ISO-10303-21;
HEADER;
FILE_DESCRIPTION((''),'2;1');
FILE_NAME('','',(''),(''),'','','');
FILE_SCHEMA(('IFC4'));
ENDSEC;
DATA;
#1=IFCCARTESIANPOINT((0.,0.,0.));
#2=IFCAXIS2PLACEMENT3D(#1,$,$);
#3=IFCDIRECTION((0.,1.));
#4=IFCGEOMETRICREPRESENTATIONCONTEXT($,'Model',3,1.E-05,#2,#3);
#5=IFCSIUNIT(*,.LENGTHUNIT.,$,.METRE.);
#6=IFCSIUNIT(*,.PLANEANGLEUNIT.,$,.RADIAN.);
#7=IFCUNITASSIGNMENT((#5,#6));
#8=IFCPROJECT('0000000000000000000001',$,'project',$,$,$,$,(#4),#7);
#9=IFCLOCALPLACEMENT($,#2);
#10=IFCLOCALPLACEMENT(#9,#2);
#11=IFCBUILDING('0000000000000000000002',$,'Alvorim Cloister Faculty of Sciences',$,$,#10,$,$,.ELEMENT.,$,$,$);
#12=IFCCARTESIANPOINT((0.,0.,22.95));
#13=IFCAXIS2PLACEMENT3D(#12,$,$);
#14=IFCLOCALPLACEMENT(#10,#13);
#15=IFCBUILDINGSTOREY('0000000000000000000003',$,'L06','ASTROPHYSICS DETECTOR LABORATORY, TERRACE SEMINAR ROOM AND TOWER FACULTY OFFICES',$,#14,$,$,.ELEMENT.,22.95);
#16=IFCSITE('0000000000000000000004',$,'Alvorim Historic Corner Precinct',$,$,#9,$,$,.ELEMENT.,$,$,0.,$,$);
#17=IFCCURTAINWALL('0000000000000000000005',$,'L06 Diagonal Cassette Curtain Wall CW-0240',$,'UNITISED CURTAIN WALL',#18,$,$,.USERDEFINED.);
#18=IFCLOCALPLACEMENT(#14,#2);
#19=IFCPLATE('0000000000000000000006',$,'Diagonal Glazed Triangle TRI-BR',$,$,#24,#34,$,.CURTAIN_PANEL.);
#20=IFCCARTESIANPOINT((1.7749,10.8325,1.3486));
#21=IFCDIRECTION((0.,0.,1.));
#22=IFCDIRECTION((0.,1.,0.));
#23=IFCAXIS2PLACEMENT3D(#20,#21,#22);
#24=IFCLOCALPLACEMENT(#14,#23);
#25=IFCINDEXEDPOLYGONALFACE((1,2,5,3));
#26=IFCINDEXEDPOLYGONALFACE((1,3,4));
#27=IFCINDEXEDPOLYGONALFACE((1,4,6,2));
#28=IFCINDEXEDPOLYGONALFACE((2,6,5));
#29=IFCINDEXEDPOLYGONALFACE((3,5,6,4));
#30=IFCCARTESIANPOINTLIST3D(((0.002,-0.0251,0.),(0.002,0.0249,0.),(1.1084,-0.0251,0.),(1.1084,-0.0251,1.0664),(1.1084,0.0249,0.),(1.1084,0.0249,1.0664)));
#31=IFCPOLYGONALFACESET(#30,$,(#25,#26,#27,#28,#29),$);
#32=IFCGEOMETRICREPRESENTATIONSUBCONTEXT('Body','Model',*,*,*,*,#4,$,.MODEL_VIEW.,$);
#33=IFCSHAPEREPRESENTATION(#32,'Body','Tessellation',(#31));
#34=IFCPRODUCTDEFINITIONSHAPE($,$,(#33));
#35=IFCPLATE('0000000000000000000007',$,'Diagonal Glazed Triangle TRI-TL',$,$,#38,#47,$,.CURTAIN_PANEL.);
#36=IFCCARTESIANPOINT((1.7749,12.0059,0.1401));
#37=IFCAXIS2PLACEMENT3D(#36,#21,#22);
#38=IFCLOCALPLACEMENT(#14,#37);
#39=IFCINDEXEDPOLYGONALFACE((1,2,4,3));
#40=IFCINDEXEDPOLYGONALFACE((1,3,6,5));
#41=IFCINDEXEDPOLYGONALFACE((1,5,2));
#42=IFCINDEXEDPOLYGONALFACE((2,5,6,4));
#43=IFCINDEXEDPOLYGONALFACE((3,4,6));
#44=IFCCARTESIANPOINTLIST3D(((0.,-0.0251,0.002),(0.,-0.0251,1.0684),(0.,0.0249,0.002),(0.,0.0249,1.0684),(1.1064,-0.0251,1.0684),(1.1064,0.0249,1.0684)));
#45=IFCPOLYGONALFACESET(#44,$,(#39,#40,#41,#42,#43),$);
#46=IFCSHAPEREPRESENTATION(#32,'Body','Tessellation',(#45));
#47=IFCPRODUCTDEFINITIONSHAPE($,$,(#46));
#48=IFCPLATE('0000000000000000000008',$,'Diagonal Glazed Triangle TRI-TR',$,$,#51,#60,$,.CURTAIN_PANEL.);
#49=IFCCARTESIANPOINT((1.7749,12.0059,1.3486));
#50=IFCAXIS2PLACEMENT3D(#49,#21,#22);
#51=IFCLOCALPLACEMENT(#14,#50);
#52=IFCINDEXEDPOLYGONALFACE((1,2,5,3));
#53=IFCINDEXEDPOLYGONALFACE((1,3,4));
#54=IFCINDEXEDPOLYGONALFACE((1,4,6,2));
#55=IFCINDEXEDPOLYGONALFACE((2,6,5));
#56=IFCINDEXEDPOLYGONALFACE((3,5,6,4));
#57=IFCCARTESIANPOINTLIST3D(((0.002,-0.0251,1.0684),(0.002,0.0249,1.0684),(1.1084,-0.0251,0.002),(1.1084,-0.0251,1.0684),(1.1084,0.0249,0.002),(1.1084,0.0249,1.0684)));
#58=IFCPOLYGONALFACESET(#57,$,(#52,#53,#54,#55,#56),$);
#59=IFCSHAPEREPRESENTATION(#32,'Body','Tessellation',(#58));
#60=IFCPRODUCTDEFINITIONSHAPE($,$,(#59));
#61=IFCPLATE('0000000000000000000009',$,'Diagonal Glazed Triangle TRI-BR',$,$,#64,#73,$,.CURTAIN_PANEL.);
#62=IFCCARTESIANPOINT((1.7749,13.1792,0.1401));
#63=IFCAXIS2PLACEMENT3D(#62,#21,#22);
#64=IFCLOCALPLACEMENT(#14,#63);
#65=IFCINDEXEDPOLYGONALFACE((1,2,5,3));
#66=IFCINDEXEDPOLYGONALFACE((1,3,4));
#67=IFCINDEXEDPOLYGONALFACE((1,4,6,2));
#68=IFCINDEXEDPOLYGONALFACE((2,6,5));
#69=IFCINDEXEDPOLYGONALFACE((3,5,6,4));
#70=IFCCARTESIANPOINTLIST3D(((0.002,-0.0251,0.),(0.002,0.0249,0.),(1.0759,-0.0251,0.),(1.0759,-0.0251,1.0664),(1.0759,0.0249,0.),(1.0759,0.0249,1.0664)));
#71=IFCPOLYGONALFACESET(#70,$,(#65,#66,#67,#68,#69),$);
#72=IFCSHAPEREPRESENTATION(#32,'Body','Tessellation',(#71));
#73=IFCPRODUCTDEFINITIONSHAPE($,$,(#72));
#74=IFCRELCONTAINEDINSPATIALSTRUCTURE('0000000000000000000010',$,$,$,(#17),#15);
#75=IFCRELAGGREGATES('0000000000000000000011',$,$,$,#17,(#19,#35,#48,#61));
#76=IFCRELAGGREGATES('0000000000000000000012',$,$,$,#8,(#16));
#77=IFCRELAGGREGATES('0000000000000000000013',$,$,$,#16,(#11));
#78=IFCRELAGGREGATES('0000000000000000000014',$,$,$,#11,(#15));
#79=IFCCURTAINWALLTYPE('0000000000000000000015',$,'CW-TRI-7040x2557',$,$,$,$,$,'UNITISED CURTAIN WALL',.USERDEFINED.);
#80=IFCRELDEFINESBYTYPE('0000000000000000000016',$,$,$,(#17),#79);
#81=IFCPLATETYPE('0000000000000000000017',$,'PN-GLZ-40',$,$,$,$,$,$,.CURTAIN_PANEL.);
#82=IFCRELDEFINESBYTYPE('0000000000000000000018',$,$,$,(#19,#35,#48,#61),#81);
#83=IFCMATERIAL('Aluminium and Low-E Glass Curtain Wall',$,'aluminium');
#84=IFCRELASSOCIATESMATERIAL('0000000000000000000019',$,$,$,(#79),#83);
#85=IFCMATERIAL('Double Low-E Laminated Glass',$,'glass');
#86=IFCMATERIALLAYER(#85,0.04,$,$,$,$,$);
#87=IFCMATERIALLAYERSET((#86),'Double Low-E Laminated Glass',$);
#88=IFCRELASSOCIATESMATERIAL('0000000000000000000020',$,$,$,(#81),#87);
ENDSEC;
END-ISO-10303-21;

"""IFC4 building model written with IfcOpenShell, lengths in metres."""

from ifc_helpers import new_model, si_unit, direction, frame, origin, place, context, subcontext, project, spatial, polyline, outline, extrude, material, layer, layer_set, type_object, element, aggregate, save


model = new_model("IFC4")

# Units and contexts
model_context = context("Model", 3, precision=1e-05, world=origin(), true_north=direction((0.0, 1.0)))
body_context = subcontext(model_context, "Body", "Model", "MODEL_VIEW")
ifc_project = project(units=[si_unit("LENGTHUNIT", "METRE"), si_unit("PLANEANGLEUNIT", "RADIAN")], contexts=[model_context])

# Site, building, storey
site_placement = place(None, origin())
site = spatial("IfcSite", under=ifc_project, at=site_placement, Name="Alvorim Historic Corner Precinct", CompositionType="ELEMENT", RefElevation=0.0)
building_placement = place(site_placement, origin())
building = spatial("IfcBuilding", under=site, at=building_placement, Name="Alvorim Cloister Faculty of Sciences", CompositionType="ELEMENT")
storey_placement = place(building_placement, frame((0.0, 0.0, 22.95)))
storey = spatial("IfcBuildingStorey", under=building, at=storey_placement, Name="L06", Description="ASTROPHYSICS DETECTOR LABORATORY, TERRACE SEMINAR ROOM AND TOWER FACULTY OFFICES", CompositionType="ELEMENT", Elevation=22.95)

# Curtain wall, plates
ifc_material_1 = material(Name="Aluminium and Low-E Glass Curtain Wall", Category="aluminium")
curtain_wall_type = type_object("IfcCurtainWallType", Name="CW-TRI-7040x2557", ElementType="UNITISED CURTAIN WALL", PredefinedType="USERDEFINED", material=ifc_material_1)
curtain_wall_placement = place(storey_placement, origin())
curtain_wall = element("IfcCurtainWall", 1, at=curtain_wall_placement, inside=storey, type_object=curtain_wall_type, Name="L06 Diagonal Cassette Curtain Wall CW-0240", ObjectType="UNITISED CURTAIN WALL", PredefinedType="USERDEFINED")
ifc_material_2 = material(Name="Double Low-E Laminated Glass", Category="glass")
ifc_layer_1 = layer(ifc_material_2, 0.04)
ifc_layer_set_1 = layer_set([ifc_layer_1], Name="Double Low-E Laminated Glass")
plate_type = type_object("IfcPlateType", Name="PN-GLZ-40", PredefinedType="CURTAIN_PANEL", material=ifc_layer_set_1)
plate_1_placement = place(storey_placement, frame((1.7749, 10.8325, 1.3486), z_axis=(0.0, 0.0, 1.0), x_axis=(0.0, 1.0, 0.0)))
plate_1 = element("IfcPlate", 2, at=plate_1_placement, type_object=plate_type, Name="Diagonal Glazed Triangle TRI-BR", PredefinedType="CURTAIN_PANEL", context=body_context, shape_type="SweptSolid", body=[
    extrude(outline(polyline([(0.002, 0.0), (1.1084, 0.0), (1.1084, 1.0664), (0.002, 0.0)])), frame((0.0, 0.0249, 0.0), z_axis=(0.0, -1.0, 0.0), x_axis=(1.0, 0.0, 0.0)), (0.0, 0.0, 1.0), 0.05),
])
plate_2_placement = place(storey_placement, frame((1.7749, 12.0059, 0.1401), z_axis=(0.0, 0.0, 1.0), x_axis=(0.0, 1.0, 0.0)))
plate_2 = element("IfcPlate", 3, at=plate_2_placement, type_object=plate_type, Name="Diagonal Glazed Triangle TRI-TL", PredefinedType="CURTAIN_PANEL", context=body_context, shape_type="SweptSolid", body=[
    extrude(outline(polyline([(1.1064, 1.0684), (0.0, 1.0684), (0.0, 0.002), (1.1064, 1.0684)])), frame((0.0, 0.0249, 0.0), z_axis=(0.0, -1.0, 0.0), x_axis=(1.0, 0.0, 0.0)), (0.0, 0.0, 1.0), 0.05),
])
plate_3_placement = place(storey_placement, frame((1.7749, 12.0059, 1.3486), z_axis=(0.0, 0.0, 1.0), x_axis=(0.0, 1.0, 0.0)))
plate_3 = element("IfcPlate", 4, at=plate_3_placement, type_object=plate_type, Name="Diagonal Glazed Triangle TRI-TR", PredefinedType="CURTAIN_PANEL", context=body_context, shape_type="SweptSolid", body=[
    extrude(outline(polyline([(1.1084, 0.002), (1.1084, 1.0684), (0.002, 1.0684), (1.1084, 0.002)])), frame((0.0, 0.0249, 0.0), z_axis=(0.0, -1.0, 0.0), x_axis=(1.0, 0.0, 0.0)), (0.0, 0.0, 1.0), 0.05),
])
plate_4_placement = place(storey_placement, frame((1.7749, 13.1792, 0.1401), z_axis=(0.0, 0.0, 1.0), x_axis=(0.0, 1.0, 0.0)))
plate_4 = element("IfcPlate", 5, at=plate_4_placement, type_object=plate_type, Name="Diagonal Glazed Triangle TRI-BR", PredefinedType="CURTAIN_PANEL", context=body_context, shape_type="SweptSolid", body=[
    extrude(outline(polyline([(0.002, 0.0), (1.0759, 0.0), (1.0759, 1.0664), (0.002, 0.0)])), frame((0.0, 0.0249, 0.0), z_axis=(0.0, -1.0, 0.0), x_axis=(1.0, 0.0, 0.0)), (0.0, 0.0, 1.0), 0.05),
])
aggregate(curtain_wall, [plate_1, plate_2, plate_3, plate_4])

save(model, "model.ifc")
